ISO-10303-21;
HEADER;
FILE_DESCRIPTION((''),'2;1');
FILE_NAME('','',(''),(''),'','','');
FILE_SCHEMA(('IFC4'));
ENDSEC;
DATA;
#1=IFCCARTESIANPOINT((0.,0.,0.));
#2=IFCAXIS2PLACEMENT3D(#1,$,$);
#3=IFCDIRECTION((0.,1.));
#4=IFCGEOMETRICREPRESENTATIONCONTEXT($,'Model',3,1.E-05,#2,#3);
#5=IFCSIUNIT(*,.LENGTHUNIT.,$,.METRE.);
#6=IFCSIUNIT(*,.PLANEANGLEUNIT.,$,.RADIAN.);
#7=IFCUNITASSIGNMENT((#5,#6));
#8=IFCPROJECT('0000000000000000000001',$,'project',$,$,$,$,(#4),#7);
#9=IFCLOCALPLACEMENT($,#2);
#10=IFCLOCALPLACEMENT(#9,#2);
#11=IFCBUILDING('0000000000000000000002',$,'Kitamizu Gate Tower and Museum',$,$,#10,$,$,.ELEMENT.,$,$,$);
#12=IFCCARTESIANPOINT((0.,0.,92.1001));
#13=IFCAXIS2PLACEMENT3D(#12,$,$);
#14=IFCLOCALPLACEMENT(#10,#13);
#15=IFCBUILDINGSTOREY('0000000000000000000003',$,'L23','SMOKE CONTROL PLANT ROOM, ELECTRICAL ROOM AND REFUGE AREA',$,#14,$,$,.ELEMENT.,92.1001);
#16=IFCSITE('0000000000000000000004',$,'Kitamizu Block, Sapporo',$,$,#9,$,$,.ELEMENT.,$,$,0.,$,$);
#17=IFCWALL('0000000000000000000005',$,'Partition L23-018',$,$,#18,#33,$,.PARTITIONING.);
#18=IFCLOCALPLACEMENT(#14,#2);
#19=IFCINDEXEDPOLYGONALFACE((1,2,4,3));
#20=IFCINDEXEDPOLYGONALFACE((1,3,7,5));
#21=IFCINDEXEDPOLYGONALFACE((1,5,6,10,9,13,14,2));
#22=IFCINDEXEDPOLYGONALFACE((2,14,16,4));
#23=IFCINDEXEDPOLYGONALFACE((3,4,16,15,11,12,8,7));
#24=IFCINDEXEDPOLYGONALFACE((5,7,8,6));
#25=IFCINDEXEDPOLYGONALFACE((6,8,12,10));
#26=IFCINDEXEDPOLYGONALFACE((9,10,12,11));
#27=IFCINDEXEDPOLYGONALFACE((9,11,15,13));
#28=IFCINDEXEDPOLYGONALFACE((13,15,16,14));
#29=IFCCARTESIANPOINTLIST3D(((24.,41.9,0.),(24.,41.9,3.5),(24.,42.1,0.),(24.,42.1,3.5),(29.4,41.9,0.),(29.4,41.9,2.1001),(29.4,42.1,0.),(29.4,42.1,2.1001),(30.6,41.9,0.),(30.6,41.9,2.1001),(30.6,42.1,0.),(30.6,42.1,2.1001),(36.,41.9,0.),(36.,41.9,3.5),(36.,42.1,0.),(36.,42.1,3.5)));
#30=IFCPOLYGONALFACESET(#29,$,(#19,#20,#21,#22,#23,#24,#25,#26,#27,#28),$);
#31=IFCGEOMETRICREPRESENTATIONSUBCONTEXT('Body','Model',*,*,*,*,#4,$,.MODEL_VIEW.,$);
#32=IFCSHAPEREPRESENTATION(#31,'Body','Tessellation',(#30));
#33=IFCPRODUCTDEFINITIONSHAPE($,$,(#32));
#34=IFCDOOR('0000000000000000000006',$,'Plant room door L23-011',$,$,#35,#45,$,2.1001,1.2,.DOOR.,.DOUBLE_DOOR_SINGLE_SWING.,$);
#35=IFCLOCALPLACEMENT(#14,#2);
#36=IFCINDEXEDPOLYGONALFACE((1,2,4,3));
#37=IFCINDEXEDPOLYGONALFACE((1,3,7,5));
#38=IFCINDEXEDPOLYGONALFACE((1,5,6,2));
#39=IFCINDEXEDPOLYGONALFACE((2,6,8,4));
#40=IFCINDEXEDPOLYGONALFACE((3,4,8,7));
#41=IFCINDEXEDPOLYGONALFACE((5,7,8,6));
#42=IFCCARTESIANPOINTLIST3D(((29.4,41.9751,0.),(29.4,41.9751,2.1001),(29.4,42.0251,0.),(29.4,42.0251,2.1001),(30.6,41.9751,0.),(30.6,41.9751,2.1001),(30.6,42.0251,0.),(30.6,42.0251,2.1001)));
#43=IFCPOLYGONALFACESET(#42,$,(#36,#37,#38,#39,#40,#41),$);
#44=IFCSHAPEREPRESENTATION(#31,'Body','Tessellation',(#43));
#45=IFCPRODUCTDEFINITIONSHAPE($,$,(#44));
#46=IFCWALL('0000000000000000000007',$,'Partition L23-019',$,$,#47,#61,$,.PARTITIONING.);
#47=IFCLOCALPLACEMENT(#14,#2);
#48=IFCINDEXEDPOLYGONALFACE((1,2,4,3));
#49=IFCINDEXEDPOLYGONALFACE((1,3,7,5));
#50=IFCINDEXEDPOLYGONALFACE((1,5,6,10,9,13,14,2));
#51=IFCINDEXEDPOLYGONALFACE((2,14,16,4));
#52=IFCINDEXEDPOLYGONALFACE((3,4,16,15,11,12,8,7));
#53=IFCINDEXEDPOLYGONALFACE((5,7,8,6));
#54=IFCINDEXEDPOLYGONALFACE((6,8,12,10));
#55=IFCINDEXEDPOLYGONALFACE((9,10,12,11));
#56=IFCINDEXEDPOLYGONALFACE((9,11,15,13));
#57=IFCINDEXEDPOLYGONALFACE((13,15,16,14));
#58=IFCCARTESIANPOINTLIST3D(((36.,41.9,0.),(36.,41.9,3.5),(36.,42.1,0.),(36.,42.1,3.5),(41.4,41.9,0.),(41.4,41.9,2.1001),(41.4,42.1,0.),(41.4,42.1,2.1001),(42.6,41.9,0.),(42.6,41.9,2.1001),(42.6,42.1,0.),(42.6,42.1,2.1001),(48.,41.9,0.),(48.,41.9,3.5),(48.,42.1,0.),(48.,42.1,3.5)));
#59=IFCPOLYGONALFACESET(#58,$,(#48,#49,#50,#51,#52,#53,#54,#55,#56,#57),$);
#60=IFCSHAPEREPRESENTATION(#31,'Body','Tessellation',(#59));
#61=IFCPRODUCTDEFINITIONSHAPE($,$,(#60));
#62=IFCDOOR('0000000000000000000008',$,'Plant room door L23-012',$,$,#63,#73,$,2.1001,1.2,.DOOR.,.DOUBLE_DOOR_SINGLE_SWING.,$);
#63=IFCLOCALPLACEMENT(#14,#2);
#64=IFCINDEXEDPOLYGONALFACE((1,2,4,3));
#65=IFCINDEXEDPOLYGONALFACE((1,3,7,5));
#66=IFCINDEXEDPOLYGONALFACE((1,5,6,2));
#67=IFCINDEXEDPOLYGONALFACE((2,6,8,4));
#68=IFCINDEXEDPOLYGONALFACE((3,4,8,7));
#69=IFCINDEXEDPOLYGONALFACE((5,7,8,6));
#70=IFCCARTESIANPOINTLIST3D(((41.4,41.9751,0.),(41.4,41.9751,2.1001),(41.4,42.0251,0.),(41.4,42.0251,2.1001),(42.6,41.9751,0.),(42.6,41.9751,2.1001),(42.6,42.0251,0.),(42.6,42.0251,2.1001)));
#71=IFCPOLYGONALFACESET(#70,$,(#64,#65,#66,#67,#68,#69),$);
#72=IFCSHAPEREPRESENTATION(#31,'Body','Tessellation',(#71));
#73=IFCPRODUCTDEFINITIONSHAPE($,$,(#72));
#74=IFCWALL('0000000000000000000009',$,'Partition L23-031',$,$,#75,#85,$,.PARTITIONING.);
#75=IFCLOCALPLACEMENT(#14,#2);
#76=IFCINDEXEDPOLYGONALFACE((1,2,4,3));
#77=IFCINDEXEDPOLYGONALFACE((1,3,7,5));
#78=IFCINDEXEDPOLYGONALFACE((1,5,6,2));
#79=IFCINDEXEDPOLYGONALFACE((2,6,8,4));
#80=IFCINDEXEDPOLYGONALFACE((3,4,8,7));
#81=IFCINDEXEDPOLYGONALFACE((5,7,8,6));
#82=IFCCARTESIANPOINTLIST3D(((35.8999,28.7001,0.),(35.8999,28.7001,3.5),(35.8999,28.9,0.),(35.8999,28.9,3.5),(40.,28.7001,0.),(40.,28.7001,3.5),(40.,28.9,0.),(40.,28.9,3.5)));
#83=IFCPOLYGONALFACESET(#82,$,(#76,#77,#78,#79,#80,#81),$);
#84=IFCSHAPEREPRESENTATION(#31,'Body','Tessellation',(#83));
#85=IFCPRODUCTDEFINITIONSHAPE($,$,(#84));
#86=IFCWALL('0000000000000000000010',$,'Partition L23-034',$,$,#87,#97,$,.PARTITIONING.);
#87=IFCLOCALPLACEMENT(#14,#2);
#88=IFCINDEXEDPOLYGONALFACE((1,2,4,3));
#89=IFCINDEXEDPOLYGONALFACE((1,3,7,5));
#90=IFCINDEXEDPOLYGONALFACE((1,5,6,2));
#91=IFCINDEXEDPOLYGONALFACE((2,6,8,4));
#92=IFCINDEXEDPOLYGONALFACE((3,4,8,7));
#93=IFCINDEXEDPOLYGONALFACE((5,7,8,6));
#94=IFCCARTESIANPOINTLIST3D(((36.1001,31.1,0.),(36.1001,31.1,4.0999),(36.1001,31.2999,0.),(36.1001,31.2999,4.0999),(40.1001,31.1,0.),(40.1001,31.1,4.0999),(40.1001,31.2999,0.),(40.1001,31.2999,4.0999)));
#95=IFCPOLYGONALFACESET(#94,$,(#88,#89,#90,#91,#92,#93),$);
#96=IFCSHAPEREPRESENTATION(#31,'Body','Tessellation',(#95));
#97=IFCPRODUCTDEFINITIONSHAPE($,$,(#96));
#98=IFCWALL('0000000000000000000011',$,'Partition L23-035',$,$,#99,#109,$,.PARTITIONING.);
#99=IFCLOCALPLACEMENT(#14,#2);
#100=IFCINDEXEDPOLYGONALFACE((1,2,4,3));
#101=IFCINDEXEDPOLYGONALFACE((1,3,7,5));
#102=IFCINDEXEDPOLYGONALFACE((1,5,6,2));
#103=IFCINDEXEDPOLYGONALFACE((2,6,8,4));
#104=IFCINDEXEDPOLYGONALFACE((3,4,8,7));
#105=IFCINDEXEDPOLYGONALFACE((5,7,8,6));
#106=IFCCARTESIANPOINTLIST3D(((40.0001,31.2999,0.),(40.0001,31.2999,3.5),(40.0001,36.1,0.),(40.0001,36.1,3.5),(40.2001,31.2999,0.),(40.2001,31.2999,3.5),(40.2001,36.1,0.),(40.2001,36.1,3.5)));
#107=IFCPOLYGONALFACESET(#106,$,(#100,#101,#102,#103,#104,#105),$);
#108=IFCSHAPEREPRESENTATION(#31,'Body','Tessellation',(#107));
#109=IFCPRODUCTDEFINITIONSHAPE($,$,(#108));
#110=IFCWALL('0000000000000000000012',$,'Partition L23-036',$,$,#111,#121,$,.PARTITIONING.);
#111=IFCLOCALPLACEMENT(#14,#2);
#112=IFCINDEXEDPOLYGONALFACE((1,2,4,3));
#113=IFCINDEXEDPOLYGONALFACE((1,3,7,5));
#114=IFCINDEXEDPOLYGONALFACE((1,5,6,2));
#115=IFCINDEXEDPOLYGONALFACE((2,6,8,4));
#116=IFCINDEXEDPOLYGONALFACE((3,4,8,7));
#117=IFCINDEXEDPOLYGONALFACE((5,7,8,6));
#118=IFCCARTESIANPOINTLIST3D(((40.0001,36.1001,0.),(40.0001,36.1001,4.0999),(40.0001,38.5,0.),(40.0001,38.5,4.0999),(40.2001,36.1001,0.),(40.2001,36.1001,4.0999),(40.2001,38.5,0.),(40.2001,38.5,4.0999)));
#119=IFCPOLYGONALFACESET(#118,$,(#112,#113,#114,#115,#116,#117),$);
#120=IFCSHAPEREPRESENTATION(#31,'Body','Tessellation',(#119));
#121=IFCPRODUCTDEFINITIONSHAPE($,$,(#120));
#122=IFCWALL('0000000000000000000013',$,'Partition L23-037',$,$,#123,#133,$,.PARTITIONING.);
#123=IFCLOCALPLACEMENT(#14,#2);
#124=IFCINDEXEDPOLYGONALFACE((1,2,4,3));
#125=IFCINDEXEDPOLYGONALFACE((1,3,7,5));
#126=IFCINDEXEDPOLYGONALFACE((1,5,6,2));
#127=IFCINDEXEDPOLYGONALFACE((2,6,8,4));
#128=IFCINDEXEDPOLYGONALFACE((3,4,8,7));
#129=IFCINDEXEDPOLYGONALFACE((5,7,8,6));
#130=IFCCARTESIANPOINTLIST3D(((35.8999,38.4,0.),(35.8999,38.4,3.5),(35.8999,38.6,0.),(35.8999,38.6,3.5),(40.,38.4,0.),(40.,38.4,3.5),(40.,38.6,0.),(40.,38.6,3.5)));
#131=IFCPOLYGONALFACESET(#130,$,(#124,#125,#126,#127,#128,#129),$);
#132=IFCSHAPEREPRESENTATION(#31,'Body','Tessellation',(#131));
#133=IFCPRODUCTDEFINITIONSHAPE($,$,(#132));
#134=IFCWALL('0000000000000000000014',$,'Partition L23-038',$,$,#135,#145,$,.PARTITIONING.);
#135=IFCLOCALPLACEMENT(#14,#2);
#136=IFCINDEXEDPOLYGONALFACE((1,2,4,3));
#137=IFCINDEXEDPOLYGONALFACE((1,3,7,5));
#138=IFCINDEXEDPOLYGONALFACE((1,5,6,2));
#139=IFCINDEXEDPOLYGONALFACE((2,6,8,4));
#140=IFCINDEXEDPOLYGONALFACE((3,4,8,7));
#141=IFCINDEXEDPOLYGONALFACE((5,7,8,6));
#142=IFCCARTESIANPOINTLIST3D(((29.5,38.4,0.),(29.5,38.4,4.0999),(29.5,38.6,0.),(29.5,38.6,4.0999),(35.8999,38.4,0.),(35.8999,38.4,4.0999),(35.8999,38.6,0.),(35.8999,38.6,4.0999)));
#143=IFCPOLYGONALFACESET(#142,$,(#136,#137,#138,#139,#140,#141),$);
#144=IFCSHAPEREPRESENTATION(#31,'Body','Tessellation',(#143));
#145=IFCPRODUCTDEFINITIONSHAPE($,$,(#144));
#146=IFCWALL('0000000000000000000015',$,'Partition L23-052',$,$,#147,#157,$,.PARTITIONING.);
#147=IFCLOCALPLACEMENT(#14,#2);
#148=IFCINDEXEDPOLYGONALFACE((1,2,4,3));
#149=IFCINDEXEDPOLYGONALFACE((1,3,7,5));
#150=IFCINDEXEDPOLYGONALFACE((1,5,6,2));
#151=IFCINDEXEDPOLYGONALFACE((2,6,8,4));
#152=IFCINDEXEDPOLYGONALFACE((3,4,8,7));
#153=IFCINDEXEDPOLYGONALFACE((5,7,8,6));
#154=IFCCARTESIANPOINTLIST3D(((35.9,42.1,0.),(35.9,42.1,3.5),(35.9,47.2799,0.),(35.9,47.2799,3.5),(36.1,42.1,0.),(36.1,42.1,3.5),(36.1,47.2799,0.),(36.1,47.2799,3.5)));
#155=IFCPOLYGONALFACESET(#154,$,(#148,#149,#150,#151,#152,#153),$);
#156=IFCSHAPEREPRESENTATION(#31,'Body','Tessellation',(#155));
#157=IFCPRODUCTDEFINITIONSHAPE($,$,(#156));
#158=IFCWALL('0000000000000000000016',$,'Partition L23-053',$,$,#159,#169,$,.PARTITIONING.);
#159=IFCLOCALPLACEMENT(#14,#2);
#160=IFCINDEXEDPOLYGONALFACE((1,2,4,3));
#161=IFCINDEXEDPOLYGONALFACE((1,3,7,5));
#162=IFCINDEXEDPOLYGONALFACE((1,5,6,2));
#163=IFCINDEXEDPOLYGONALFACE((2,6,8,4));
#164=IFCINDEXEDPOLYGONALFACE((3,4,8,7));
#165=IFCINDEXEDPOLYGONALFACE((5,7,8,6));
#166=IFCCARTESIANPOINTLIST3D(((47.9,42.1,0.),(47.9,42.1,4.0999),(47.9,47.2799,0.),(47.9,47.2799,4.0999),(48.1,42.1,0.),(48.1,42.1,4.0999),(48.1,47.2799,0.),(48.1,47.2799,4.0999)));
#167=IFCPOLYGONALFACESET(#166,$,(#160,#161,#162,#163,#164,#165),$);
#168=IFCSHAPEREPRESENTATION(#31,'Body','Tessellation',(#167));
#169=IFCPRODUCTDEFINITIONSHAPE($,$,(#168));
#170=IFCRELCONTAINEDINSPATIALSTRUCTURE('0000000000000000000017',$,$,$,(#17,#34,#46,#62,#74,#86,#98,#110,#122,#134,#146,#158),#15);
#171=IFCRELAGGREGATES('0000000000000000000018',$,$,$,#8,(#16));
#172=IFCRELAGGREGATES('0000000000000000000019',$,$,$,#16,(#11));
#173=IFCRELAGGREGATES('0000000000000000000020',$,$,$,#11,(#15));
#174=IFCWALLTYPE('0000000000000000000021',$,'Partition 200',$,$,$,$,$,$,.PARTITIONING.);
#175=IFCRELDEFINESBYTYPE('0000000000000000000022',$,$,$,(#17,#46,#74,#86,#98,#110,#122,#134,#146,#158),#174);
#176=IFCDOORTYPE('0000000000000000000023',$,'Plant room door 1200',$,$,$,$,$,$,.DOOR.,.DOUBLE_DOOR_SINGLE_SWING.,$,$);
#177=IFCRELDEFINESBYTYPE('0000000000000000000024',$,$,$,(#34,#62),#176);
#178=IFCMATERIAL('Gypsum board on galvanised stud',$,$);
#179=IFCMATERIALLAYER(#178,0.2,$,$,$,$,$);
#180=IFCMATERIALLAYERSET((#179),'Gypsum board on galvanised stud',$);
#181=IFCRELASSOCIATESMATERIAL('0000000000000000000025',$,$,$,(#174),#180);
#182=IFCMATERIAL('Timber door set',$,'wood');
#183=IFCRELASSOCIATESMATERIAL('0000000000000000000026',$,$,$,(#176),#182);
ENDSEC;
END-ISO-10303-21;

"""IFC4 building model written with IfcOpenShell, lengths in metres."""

from ifc_helpers import new_model, si_unit, direction, frame, frame_2d, origin, place, context, subcontext, project, spatial, rectangle, extrude, material, layer, layer_set, type_object, element, fill, save


model = new_model("IFC4")

# Units and contexts
model_context = context("Model", 3, precision=1e-05, world=origin(), true_north=direction((0.0, 1.0)))
body_context = subcontext(model_context, "Body", "Model", "MODEL_VIEW")
ifc_project = project(units=[si_unit("LENGTHUNIT", "METRE"), si_unit("PLANEANGLEUNIT", "RADIAN")], contexts=[model_context])

# Site, building, storey
site_placement = place(None, origin())
site = spatial("IfcSite", under=ifc_project, at=site_placement, Name="Kitamizu Block, Sapporo", CompositionType="ELEMENT", RefElevation=0.0)
building_placement = place(site_placement, origin())
building = spatial("IfcBuilding", under=site, at=building_placement, Name="Kitamizu Gate Tower and Museum", CompositionType="ELEMENT")
storey_placement = place(building_placement, frame((0.0, 0.0, 92.1001)))
storey = spatial("IfcBuildingStorey", under=building, at=storey_placement, Name="L23", Description="SMOKE CONTROL PLANT ROOM, ELECTRICAL ROOM AND REFUGE AREA", CompositionType="ELEMENT", Elevation=92.1001)

# Shared definitions
ifc_material_1 = material(Name="Gypsum board on galvanised stud")
ifc_layer_1 = layer(ifc_material_1, 0.2)
ifc_layer_set_1 = layer_set([ifc_layer_1], Name="Gypsum board on galvanised stud")
wall_type_1 = type_object("IfcWallType", Name="Partition 200", PredefinedType="PARTITIONING", material=ifc_layer_set_1)

# Walls, openings, doors
wall_1_placement = place(storey_placement, frame((36.0, 42.0, 0.0), z_axis=(0.0, 0.0, 1.0), x_axis=(-1.0, 0.0, 0.0)))
wall_1 = element("IfcWall", 1, at=wall_1_placement, inside=storey, type_object=wall_type_1, Name="Partition L23-018", PredefinedType="PARTITIONING", context=body_context, shape_type="SweptSolid", body=[
    extrude(rectangle(XDim=12.0, YDim=0.2, at=frame_2d((6.0, 0.0))), origin(), (0.0, 0.0, 1.0), 3.5),
])
opening_1_placement = place(wall_1_placement, frame((5.3999, 0.0, 0.0)))
opening_1 = element("IfcOpeningElement", 2, at=opening_1_placement, cuts=wall_1, PredefinedType="OPENING", context=body_context, shape_type="SweptSolid", body=[
    extrude(rectangle(XDim=1.2, YDim=2.1001, at=frame_2d((0.6001, 1.05))), frame((0.0, 0.1099, 0.0), z_axis=(0.0, -1.0, 0.0), x_axis=(1.0, 0.0, 0.0)), (0.0, 0.0, 1.0), 0.22),
])
ifc_material_2 = material(Name="Timber door set", Category="wood")
door_type_1 = type_object("IfcDoorType", Name="Plant room door 1200", OperationType="DOUBLE_DOOR_SINGLE_SWING", PredefinedType="DOOR", material=ifc_material_2)
door_1_placement = place(opening_1_placement, origin())
door_1 = element("IfcDoor", 3, at=door_1_placement, inside=storey, type_object=door_type_1, Name="Plant room door L23-011", OperationType="DOUBLE_DOOR_SINGLE_SWING", OverallHeight=2.1001, OverallWidth=1.2, PredefinedType="DOOR", context=body_context, shape_type="SweptSolid", body=[
    extrude(rectangle(XDim=1.2, YDim=2.1001, at=frame_2d((0.6001, 1.05))), frame((0.0, 0.0249, 0.0), z_axis=(0.0, -1.0, 0.0), x_axis=(1.0, 0.0, 0.0)), (0.0, 0.0, 1.0), 0.05),
])
fill(opening_1, door_1)
wall_2_placement = place(storey_placement, frame((48.0, 42.0, 0.0), z_axis=(0.0, 0.0, 1.0), x_axis=(-1.0, 0.0, 0.0)))
wall_2 = element("IfcWall", 4, at=wall_2_placement, inside=storey, type_object=wall_type_1, Name="Partition L23-019", PredefinedType="PARTITIONING", context=body_context, shape_type="SweptSolid", body=[
    extrude(rectangle(XDim=12.0, YDim=0.2, at=frame_2d((6.0, 0.0))), origin(), (0.0, 0.0, 1.0), 3.5),
])
opening_2_placement = place(wall_2_placement, frame((5.3999, 0.0, 0.0)))
opening_2 = element("IfcOpeningElement", 5, at=opening_2_placement, cuts=wall_2, PredefinedType="OPENING", context=body_context, shape_type="SweptSolid", body=[
    extrude(rectangle(XDim=1.2, YDim=2.1001, at=frame_2d((0.6001, 1.05))), frame((0.0, 0.1099, 0.0), z_axis=(0.0, -1.0, 0.0), x_axis=(1.0, 0.0, 0.0)), (0.0, 0.0, 1.0), 0.22),
])
door_2_placement = place(opening_2_placement, origin())
door_2 = element("IfcDoor", 6, at=door_2_placement, inside=storey, type_object=door_type_1, Name="Plant room door L23-012", OperationType="DOUBLE_DOOR_SINGLE_SWING", OverallHeight=2.1001, OverallWidth=1.2, PredefinedType="DOOR", context=body_context, shape_type="SweptSolid", body=[
    extrude(rectangle(XDim=1.2, YDim=2.1001, at=frame_2d((0.6001, 1.05))), frame((0.0, 0.0249, 0.0), z_axis=(0.0, -1.0, 0.0), x_axis=(1.0, 0.0, 0.0)), (0.0, 0.0, 1.0), 0.05),
])
fill(opening_2, door_2)

# Walls
wall_3_placement = place(storey_placement, frame((40.0, 28.8, 0.0), z_axis=(0.0, 0.0, 1.0), x_axis=(-1.0, 0.0, 0.0)))
element("IfcWall", 7, at=wall_3_placement, inside=storey, type_object=wall_type_1, Name="Partition L23-031", PredefinedType="PARTITIONING", context=body_context, shape_type="SweptSolid", body=[
    extrude(rectangle(XDim=4.1001, YDim=0.2, at=frame_2d((2.05, 0.0))), origin(), (0.0, 0.0, 1.0), 3.5),
])
wall_4_placement = place(storey_placement, frame((36.1001, 31.2, 0.0), z_axis=(0.0, 0.0, 1.0), x_axis=(1.0, 0.0, 0.0)))
element("IfcWall", 8, at=wall_4_placement, inside=storey, type_object=wall_type_1, Name="Partition L23-034", PredefinedType="PARTITIONING", context=body_context, shape_type="SweptSolid", body=[
    extrude(rectangle(XDim=4.0, YDim=0.2, at=frame_2d((2.0, 0.0))), origin(), (0.0, 0.0, 1.0), 4.0999),
])
wall_5_placement = place(storey_placement, frame((40.1001, 31.3, 0.0), z_axis=(0.0, 0.0, 1.0), x_axis=(0.0, 1.0, 0.0)))
element("IfcWall", 9, at=wall_5_placement, inside=storey, type_object=wall_type_1, Name="Partition L23-035", PredefinedType="PARTITIONING", context=body_context, shape_type="SweptSolid", body=[
    extrude(rectangle(XDim=4.8, YDim=0.2, at=frame_2d((2.3999, 0.0))), origin(), (0.0, 0.0, 1.0), 3.5),
])
wall_6_placement = place(storey_placement, frame((40.1001, 36.1001, 0.0), z_axis=(0.0, 0.0, 1.0), x_axis=(0.0, 1.0, 0.0)))
element("IfcWall", 10, at=wall_6_placement, inside=storey, type_object=wall_type_1, Name="Partition L23-036", PredefinedType="PARTITIONING", context=body_context, shape_type="SweptSolid", body=[
    extrude(rectangle(XDim=2.3999, YDim=0.2, at=frame_2d((1.2, 0.0))), origin(), (0.0, 0.0, 1.0), 4.0999),
])
wall_7_placement = place(storey_placement, frame((40.0, 38.5, 0.0), z_axis=(0.0, 0.0, 1.0), x_axis=(-1.0, 0.0, 0.0)))
element("IfcWall", 11, at=wall_7_placement, inside=storey, type_object=wall_type_1, Name="Partition L23-037", PredefinedType="PARTITIONING", context=body_context, shape_type="SweptSolid", body=[
    extrude(rectangle(XDim=4.1001, YDim=0.2, at=frame_2d((2.05, 0.0))), origin(), (0.0, 0.0, 1.0), 3.5),
])
wall_8_placement = place(storey_placement, frame((35.8999, 38.5, 0.0), z_axis=(0.0, 0.0, 1.0), x_axis=(-1.0, 0.0, 0.0)))
element("IfcWall", 12, at=wall_8_placement, inside=storey, type_object=wall_type_1, Name="Partition L23-038", PredefinedType="PARTITIONING", context=body_context, shape_type="SweptSolid", body=[
    extrude(rectangle(XDim=6.3999, YDim=0.2, at=frame_2d((3.2, 0.0))), origin(), (0.0, 0.0, 1.0), 4.0999),
])
wall_9_placement = place(storey_placement, frame((36.0, 42.1001, 0.0), z_axis=(0.0, 0.0, 1.0), x_axis=(0.0, 1.0, 0.0)))
element("IfcWall", 13, at=wall_9_placement, inside=storey, type_object=wall_type_1, Name="Partition L23-052", PredefinedType="PARTITIONING", context=body_context, shape_type="SweptSolid", body=[
    extrude(rectangle(XDim=5.1799, YDim=0.2, at=frame_2d((2.5898, 0.0))), origin(), (0.0, 0.0, 1.0), 3.5),
])
wall_10_placement = place(storey_placement, frame((48.0, 42.1001, 0.0), z_axis=(0.0, 0.0, 1.0), x_axis=(0.0, 1.0, 0.0)))
element("IfcWall", 14, at=wall_10_placement, inside=storey, type_object=wall_type_1, Name="Partition L23-053", PredefinedType="PARTITIONING", context=body_context, shape_type="SweptSolid", body=[
    extrude(rectangle(XDim=5.1799, YDim=0.2, at=frame_2d((2.5898, 0.0))), origin(), (0.0, 0.0, 1.0), 4.0999),
])

save(model, "model.ifc")
